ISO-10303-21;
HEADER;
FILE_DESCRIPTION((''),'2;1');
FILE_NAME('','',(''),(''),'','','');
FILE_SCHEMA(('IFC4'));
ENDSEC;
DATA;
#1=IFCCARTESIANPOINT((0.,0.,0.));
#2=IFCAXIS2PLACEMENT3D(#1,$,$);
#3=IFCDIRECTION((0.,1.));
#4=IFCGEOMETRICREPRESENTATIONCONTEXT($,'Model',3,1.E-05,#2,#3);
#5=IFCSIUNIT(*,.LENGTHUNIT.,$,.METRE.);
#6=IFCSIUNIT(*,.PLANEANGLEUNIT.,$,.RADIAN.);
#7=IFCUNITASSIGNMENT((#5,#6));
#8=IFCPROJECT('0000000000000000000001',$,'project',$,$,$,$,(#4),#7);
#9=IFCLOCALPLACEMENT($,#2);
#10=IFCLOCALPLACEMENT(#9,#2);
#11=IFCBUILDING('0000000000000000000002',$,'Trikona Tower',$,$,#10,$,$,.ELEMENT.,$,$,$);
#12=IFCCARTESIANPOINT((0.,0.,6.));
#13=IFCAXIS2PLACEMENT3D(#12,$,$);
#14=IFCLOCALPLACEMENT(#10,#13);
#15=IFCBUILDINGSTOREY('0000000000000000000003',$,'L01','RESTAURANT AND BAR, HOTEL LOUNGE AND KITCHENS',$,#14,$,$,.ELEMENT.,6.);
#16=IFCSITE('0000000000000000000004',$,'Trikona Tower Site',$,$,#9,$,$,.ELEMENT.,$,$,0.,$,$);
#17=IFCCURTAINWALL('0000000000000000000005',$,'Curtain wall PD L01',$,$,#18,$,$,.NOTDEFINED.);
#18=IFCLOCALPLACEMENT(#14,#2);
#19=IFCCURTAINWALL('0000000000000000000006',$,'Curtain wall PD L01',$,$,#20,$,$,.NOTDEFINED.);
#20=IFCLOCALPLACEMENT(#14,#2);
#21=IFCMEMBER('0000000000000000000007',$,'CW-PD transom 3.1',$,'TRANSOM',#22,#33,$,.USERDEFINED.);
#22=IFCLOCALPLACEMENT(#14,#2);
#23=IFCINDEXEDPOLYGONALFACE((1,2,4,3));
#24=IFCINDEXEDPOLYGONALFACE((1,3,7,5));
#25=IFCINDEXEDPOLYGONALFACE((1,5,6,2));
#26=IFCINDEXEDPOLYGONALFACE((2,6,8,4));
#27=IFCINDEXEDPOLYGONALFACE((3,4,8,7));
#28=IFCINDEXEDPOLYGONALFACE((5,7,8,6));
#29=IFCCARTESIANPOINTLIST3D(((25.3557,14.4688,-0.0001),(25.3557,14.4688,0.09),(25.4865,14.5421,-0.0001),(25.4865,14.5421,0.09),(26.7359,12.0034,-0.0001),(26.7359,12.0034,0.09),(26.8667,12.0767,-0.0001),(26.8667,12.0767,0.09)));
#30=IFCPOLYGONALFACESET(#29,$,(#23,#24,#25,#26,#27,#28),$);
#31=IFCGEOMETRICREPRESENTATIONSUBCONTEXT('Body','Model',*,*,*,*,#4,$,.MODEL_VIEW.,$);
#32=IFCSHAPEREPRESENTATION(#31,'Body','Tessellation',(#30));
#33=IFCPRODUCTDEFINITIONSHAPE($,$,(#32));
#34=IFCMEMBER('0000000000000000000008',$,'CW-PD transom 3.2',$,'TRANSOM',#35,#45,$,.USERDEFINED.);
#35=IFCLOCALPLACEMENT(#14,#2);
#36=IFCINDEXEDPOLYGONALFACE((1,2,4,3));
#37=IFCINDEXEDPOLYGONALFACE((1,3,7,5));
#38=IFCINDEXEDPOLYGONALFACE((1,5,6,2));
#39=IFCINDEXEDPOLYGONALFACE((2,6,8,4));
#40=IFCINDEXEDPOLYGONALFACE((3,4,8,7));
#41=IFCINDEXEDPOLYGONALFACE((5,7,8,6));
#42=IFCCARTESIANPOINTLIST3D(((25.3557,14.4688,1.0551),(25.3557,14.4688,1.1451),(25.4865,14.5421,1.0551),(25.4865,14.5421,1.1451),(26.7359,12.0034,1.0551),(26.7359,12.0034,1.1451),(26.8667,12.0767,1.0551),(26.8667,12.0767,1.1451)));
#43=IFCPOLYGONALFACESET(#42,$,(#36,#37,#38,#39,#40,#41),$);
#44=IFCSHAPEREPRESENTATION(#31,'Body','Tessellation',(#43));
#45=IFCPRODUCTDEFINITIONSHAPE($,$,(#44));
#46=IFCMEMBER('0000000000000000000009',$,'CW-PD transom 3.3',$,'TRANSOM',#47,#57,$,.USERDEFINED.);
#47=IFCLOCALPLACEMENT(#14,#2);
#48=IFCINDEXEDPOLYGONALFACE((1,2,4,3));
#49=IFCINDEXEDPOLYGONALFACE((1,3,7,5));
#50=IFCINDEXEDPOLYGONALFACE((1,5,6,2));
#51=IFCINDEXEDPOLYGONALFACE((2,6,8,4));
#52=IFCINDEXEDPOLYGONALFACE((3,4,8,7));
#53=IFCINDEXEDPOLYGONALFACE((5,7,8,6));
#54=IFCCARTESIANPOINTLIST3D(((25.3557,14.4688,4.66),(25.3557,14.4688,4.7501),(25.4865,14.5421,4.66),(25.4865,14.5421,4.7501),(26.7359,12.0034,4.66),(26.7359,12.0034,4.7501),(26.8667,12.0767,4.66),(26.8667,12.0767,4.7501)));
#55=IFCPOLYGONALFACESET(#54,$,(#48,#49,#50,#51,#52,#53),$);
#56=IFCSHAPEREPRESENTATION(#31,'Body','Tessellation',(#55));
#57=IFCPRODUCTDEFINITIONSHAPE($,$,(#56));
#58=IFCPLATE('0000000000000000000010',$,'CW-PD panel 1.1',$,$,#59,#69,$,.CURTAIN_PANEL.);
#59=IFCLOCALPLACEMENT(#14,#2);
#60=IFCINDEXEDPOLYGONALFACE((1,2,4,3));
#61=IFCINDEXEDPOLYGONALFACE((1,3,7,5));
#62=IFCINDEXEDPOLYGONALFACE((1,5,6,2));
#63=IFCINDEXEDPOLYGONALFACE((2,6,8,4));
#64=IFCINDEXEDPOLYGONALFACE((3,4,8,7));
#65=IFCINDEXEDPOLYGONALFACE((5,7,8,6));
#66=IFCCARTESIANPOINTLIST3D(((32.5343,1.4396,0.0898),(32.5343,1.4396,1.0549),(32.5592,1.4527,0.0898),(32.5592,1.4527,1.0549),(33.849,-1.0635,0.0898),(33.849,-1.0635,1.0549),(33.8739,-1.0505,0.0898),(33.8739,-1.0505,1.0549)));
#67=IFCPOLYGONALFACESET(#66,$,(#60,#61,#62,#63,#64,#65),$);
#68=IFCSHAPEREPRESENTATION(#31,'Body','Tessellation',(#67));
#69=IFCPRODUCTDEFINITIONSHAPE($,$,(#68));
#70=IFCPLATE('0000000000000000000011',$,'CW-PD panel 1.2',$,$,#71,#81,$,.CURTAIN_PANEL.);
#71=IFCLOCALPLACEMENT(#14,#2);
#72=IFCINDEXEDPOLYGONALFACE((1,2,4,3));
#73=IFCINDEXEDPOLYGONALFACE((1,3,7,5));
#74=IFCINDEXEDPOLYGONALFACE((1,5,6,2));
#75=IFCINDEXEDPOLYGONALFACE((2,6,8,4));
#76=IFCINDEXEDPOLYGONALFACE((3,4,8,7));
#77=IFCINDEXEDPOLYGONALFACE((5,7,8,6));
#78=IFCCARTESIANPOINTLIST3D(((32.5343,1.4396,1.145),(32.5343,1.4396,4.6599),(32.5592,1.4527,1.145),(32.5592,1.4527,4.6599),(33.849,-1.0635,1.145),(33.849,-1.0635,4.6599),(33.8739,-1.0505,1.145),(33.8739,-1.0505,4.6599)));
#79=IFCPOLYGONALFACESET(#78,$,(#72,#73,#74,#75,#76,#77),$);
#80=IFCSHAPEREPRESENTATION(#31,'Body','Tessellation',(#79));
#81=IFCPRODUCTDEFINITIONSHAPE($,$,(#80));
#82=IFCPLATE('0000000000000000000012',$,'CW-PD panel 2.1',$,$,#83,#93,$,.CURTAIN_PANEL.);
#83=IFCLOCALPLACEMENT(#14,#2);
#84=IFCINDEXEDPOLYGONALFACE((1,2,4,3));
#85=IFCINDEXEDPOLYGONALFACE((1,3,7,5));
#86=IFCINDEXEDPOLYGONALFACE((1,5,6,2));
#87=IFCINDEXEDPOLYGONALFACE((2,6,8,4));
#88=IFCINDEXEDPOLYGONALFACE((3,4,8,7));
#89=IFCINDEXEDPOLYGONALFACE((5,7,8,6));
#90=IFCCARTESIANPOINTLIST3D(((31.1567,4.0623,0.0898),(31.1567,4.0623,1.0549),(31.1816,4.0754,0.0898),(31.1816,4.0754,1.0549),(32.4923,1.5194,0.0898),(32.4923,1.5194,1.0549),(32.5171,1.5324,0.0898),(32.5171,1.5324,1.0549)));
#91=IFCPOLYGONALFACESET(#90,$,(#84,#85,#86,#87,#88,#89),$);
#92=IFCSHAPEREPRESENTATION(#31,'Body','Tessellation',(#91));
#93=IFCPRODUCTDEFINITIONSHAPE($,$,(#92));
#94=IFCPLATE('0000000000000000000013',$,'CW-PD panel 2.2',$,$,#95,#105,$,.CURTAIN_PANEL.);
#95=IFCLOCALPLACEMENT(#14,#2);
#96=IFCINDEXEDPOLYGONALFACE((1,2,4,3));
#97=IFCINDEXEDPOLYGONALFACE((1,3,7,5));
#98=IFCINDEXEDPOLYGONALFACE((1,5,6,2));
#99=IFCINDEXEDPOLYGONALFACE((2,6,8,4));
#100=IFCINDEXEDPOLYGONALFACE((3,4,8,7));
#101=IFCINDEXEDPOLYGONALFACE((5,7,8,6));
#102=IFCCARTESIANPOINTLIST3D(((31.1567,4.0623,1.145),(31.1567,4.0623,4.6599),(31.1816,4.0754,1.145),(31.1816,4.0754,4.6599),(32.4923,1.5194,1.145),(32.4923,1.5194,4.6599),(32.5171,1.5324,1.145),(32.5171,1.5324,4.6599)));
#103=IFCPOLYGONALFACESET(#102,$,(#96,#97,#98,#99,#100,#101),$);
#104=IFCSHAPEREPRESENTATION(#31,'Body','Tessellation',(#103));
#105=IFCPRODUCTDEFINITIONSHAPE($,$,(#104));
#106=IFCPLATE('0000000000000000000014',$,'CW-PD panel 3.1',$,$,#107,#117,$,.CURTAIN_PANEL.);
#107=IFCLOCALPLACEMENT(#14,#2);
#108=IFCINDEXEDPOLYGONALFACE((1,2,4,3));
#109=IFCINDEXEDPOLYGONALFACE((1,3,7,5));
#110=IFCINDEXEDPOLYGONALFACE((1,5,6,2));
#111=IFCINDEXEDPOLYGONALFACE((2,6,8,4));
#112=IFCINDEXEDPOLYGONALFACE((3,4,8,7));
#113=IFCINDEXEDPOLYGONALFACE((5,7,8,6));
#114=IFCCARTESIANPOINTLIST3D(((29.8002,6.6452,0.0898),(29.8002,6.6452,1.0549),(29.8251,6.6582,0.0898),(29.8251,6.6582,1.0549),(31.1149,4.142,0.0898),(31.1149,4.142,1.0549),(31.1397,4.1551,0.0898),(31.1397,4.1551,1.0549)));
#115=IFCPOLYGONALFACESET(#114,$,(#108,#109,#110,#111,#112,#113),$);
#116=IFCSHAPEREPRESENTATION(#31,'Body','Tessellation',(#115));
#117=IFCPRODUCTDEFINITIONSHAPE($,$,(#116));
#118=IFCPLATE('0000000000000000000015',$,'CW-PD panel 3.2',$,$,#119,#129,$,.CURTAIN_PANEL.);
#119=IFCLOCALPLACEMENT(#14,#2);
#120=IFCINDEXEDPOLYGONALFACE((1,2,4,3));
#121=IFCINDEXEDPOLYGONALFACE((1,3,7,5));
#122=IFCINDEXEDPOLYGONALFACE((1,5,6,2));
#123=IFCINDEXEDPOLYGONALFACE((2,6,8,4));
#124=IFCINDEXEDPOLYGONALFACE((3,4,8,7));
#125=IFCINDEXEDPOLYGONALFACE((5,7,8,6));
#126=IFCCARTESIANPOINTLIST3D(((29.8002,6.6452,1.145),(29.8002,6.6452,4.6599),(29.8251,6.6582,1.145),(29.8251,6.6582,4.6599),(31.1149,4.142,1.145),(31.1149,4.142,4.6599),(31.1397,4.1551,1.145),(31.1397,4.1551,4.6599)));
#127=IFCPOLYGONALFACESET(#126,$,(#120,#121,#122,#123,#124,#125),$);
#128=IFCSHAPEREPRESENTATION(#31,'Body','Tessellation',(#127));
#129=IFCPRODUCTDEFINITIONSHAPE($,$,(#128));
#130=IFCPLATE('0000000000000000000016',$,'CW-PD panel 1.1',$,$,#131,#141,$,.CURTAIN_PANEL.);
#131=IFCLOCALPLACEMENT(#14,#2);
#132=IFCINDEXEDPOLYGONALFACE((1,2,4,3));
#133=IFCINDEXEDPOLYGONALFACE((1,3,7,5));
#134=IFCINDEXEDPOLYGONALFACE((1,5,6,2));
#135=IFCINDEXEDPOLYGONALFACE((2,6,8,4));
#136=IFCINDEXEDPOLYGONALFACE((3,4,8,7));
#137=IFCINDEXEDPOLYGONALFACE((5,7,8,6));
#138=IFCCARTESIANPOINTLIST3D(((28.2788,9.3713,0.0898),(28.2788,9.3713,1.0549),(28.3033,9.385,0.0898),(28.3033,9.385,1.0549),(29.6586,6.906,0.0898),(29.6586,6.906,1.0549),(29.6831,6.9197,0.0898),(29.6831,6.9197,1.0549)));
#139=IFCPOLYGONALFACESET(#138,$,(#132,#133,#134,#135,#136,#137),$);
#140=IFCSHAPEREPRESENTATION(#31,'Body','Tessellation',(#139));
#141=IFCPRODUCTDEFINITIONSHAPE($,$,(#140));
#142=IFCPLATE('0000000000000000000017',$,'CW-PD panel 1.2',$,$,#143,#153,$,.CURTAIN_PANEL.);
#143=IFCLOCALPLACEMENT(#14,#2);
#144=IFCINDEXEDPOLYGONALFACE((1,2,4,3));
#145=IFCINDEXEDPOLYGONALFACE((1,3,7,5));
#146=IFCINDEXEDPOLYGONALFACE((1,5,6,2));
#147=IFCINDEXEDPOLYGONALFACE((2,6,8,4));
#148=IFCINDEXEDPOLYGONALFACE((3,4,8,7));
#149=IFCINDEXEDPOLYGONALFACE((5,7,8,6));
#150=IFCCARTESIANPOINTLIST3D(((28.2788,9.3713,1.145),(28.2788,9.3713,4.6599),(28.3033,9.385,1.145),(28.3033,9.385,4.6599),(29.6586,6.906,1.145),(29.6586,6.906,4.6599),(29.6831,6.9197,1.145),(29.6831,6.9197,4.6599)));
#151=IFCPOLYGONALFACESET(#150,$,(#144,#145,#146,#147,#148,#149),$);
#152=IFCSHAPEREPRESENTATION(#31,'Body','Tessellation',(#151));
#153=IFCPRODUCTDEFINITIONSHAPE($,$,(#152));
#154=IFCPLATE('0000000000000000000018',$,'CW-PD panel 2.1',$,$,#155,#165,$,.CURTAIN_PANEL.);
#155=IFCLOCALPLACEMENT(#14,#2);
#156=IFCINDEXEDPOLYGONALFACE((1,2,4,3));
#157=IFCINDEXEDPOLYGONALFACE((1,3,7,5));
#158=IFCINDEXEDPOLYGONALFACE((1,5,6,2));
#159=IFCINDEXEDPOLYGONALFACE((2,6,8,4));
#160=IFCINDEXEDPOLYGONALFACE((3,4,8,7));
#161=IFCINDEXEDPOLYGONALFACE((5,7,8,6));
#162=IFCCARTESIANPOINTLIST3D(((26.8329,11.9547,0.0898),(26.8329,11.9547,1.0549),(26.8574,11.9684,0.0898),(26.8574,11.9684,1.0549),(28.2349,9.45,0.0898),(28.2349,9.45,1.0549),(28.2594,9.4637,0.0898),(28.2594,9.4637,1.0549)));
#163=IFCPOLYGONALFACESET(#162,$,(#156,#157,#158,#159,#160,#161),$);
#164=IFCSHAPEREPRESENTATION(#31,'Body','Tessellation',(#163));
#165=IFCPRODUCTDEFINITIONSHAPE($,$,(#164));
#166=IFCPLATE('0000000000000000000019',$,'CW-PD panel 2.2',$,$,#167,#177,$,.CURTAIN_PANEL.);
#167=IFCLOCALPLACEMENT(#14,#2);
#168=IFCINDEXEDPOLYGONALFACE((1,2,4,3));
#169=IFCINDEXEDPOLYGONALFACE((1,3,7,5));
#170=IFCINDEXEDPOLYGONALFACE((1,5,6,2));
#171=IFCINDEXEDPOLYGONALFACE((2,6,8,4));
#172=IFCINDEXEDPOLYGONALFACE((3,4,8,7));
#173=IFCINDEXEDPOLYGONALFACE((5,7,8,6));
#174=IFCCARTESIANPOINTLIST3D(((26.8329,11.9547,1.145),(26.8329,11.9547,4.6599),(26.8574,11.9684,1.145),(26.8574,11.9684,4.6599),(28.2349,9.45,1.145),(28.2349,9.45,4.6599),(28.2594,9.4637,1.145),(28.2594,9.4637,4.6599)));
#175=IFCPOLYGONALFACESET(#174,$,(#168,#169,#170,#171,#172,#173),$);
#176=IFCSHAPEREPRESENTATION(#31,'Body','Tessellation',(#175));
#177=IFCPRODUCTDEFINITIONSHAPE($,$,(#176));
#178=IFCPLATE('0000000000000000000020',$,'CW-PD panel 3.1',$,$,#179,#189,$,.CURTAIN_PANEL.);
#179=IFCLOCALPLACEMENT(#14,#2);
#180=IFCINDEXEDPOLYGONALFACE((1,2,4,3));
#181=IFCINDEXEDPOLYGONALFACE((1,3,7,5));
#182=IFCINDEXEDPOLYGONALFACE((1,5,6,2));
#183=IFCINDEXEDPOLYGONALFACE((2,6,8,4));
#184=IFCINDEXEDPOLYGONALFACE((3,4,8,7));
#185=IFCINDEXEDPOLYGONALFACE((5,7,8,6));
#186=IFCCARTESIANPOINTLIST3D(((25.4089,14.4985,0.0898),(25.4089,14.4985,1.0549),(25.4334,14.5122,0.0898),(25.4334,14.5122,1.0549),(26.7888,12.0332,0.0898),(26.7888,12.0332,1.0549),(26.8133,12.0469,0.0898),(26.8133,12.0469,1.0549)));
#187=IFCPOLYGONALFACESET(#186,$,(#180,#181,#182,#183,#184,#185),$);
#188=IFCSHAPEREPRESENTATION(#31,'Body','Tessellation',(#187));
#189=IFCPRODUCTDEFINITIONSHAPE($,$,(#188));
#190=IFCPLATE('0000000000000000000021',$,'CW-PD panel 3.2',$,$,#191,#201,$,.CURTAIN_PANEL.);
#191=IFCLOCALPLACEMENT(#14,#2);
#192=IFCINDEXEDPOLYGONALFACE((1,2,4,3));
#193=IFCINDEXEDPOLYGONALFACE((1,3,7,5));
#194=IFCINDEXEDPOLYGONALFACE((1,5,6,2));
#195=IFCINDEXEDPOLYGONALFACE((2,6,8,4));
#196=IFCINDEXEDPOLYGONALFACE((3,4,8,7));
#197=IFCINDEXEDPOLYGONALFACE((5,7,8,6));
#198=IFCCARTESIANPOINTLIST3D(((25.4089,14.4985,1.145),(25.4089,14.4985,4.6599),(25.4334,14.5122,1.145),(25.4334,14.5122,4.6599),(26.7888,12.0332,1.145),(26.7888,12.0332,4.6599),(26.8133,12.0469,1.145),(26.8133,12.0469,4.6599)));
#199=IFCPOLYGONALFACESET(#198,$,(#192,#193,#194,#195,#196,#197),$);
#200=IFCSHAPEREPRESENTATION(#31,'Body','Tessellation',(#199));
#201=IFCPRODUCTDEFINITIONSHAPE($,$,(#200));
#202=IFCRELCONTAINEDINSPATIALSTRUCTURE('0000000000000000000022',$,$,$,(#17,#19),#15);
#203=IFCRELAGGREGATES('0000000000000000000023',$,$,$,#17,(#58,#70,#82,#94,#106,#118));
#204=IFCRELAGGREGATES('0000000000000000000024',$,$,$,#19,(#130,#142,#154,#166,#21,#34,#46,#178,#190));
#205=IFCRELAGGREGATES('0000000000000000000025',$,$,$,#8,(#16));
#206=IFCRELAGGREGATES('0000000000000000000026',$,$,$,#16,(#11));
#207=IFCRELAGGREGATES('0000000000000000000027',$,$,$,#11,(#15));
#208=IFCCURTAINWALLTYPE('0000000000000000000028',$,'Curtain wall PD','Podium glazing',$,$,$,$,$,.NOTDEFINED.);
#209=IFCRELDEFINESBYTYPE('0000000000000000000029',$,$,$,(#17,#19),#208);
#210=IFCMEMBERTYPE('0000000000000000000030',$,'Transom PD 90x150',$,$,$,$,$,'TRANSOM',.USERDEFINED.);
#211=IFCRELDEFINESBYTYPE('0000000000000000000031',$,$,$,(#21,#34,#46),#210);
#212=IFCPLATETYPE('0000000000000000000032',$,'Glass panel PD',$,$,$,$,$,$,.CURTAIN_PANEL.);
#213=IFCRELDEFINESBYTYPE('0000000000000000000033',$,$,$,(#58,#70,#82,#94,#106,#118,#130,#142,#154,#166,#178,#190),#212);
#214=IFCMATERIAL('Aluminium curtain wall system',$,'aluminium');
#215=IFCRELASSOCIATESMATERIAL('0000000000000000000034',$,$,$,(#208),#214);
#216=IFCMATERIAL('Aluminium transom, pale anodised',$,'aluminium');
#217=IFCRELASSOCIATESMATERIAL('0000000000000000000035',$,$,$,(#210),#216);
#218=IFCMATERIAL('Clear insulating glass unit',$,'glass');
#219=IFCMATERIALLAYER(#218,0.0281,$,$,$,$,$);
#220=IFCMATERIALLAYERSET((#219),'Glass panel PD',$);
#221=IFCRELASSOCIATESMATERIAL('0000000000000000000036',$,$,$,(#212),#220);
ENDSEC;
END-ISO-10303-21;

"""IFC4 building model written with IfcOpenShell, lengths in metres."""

from ifc_helpers import new_model, si_unit, direction, frame, origin, origin_2d, place, context, subcontext, project, spatial, rectangle, extrude, material, layer, layer_set, material_profile, profile_set, type_object, element, aggregate, save


model = new_model("IFC4")

# Units and contexts
model_context = context("Model", 3, precision=1e-05, world=origin(), true_north=direction((0.0, 1.0)))
body_context = subcontext(model_context, "Body", "Model", "MODEL_VIEW")
ifc_project = project(units=[si_unit("LENGTHUNIT", "METRE"), si_unit("PLANEANGLEUNIT", "RADIAN")], contexts=[model_context])

# Site, building, storey
site_placement = place(None, origin())
site = spatial("IfcSite", under=ifc_project, at=site_placement, Name="Trikona Tower Site", CompositionType="ELEMENT", RefElevation=0.0)
building_placement = place(site_placement, origin())
building = spatial("IfcBuilding", under=site, at=building_placement, Name="Trikona Tower", CompositionType="ELEMENT")
storey_placement = place(building_placement, frame((0.0, 0.0, 6.0)))
storey = spatial("IfcBuildingStorey", under=building, at=storey_placement, Name="L01", Description="RESTAURANT AND BAR, HOTEL LOUNGE AND KITCHENS", CompositionType="ELEMENT", Elevation=6.0)

# Curtain walls
ifc_material_1 = material(Name="Aluminium curtain wall system", Category="aluminium")
curtain_wall_type = type_object("IfcCurtainWallType", Name="Curtain wall PD", Description="Podium glazing", PredefinedType="NOTDEFINED", material=ifc_material_1)
curtain_wall_1_placement = place(storey_placement, origin())
curtain_wall_1 = element("IfcCurtainWall", 1, at=curtain_wall_1_placement, inside=storey, type_object=curtain_wall_type, Name="Curtain wall PD L01", PredefinedType="NOTDEFINED")
curtain_wall_2_placement = place(storey_placement, origin())
curtain_wall_2 = element("IfcCurtainWall", 2, at=curtain_wall_2_placement, inside=storey, type_object=curtain_wall_type, Name="Curtain wall PD L01", PredefinedType="NOTDEFINED")

# Members
ifc_material_2 = material(Name="Aluminium transom, pale anodised", Category="aluminium")
ifc_material_profile_1 = material_profile(ifc_material_2, rectangle(XDim=0.1499, YDim=0.0901, at=origin_2d()), Name="TRN-PD")
ifc_profile_set_1 = profile_set([ifc_material_profile_1], Name="Aluminium transom, pale anodised")
member_type_1 = type_object("IfcMemberType", Name="Transom PD 90x150", ElementType="TRANSOM", PredefinedType="USERDEFINED", material=ifc_profile_set_1)
member_1_placement = place(storey_placement, frame((26.8013, 12.04, 0.0449), z_axis=(-0.48848, 0.872575, 0.0), x_axis=(-0.872575, -0.48848, 0.0)))
member_1 = element("IfcMember", 3, at=member_1_placement, type_object=member_type_1, Name="CW-PD transom 3.1", ObjectType="TRANSOM", PredefinedType="USERDEFINED", context=body_context, shape_type="SweptSolid", body=[
    extrude(rectangle(XDim=0.1499, YDim=0.0901, at=origin_2d()), origin(), (0.0, 0.0, 1.0), 2.8254),
])
member_2_placement = place(storey_placement, frame((26.8013, 12.04, 1.1001), z_axis=(-0.48848, 0.872575, 0.0), x_axis=(-0.872575, -0.48848, 0.0)))
member_2 = element("IfcMember", 4, at=member_2_placement, type_object=member_type_1, Name="CW-PD transom 3.2", ObjectType="TRANSOM", PredefinedType="USERDEFINED", context=body_context, shape_type="SweptSolid", body=[
    extrude(rectangle(XDim=0.1499, YDim=0.0901, at=origin_2d()), origin(), (0.0, 0.0, 1.0), 2.8254),
])
member_3_placement = place(storey_placement, frame((26.8013, 12.04, 4.7051), z_axis=(-0.48848, 0.872575, 0.0), x_axis=(-0.872575, -0.48848, 0.0)))
member_3 = element("IfcMember", 5, at=member_3_placement, type_object=member_type_1, Name="CW-PD transom 3.3", ObjectType="TRANSOM", PredefinedType="USERDEFINED", context=body_context, shape_type="SweptSolid", body=[
    extrude(rectangle(XDim=0.1499, YDim=0.0901, at=origin_2d()), origin(), (0.0, 0.0, 1.0), 2.8254),
])

# Plates
ifc_material_3 = material(Name="Clear insulating glass unit", Category="glass")
ifc_layer = layer(ifc_material_3, 0.0281)
ifc_layer_set = layer_set([ifc_layer], Name="Glass panel PD")
plate_type = type_object("IfcPlateType", Name="Glass panel PD", PredefinedType="CURTAIN_PANEL", material=ifc_layer_set)
plate_1_placement = place(storey_placement, frame((33.2041, 0.1946, 0.0898), z_axis=(0.0, 0.0, 1.0), x_axis=(-0.464979, 0.885322, 0.0)))
plate_1 = element("IfcPlate", 6, at=plate_1_placement, type_object=plate_type, Name="CW-PD panel 1.1", PredefinedType="CURTAIN_PANEL", context=body_context, shape_type="SweptSolid", body=[
    extrude(rectangle(XDim=2.8274, YDim=0.0281, at=origin_2d()), origin(), (0.0, 0.0, 1.0), 0.9651),
])
plate_2_placement = place(storey_placement, frame((33.2041, 0.1946, 1.145), z_axis=(0.0, 0.0, 1.0), x_axis=(-0.464979, 0.885322, 0.0)))
plate_2 = element("IfcPlate", 7, at=plate_2_placement, type_object=plate_type, Name="CW-PD panel 1.2", PredefinedType="CURTAIN_PANEL", context=body_context, shape_type="SweptSolid", body=[
    extrude(rectangle(XDim=2.8274, YDim=0.0281, at=origin_2d()), origin(), (0.0, 0.0, 1.0), 3.5149),
])
plate_3_placement = place(storey_placement, frame((31.8369, 2.7974, 0.0898), z_axis=(0.0, 0.0, 1.0), x_axis=(-0.464979, 0.885322, 0.0)))
plate_3 = element("IfcPlate", 8, at=plate_3_placement, type_object=plate_type, Name="CW-PD panel 2.1", PredefinedType="CURTAIN_PANEL", context=body_context, shape_type="SweptSolid", body=[
    extrude(rectangle(XDim=2.8723, YDim=0.0281, at=origin_2d()), origin(), (0.0, 0.0, 1.0), 0.9651),
])
plate_4_placement = place(storey_placement, frame((31.8369, 2.7974, 1.145), z_axis=(0.0, 0.0, 1.0), x_axis=(-0.464979, 0.885322, 0.0)))
plate_4 = element("IfcPlate", 9, at=plate_4_placement, type_object=plate_type, Name="CW-PD panel 2.2", PredefinedType="CURTAIN_PANEL", context=body_context, shape_type="SweptSolid", body=[
    extrude(rectangle(XDim=2.8723, YDim=0.0281, at=origin_2d()), origin(), (0.0, 0.0, 1.0), 3.5149),
])
plate_5_placement = place(storey_placement, frame((30.47, 5.4001, 0.0898), z_axis=(0.0, 0.0, 1.0), x_axis=(-0.464979, 0.885322, 0.0)))
plate_5 = element("IfcPlate", 10, at=plate_5_placement, type_object=plate_type, Name="CW-PD panel 3.1", PredefinedType="CURTAIN_PANEL", context=body_context, shape_type="SweptSolid", body=[
    extrude(rectangle(XDim=2.8274, YDim=0.0281, at=origin_2d()), origin(), (0.0, 0.0, 1.0), 0.9651),
])
plate_6_placement = place(storey_placement, frame((30.47, 5.4001, 1.145), z_axis=(0.0, 0.0, 1.0), x_axis=(-0.464979, 0.885322, 0.0)))
plate_6 = element("IfcPlate", 11, at=plate_6_placement, type_object=plate_type, Name="CW-PD panel 3.2", PredefinedType="CURTAIN_PANEL", context=body_context, shape_type="SweptSolid", body=[
    extrude(rectangle(XDim=2.8274, YDim=0.0281, at=origin_2d()), origin(), (0.0, 0.0, 1.0), 3.5149),
])
aggregate(curtain_wall_1, [plate_1, plate_2, plate_3, plate_4, plate_5, plate_6])
plate_7_placement = place(storey_placement, frame((28.981, 8.1455, 0.0898), z_axis=(0.0, 0.0, 1.0), x_axis=(-0.488413, 0.872613, 0.0)))
plate_7 = element("IfcPlate", 12, at=plate_7_placement, type_object=plate_type, Name="CW-PD panel 1.1", PredefinedType="CURTAIN_PANEL", context=body_context, shape_type="SweptSolid", body=[
    extrude(rectangle(XDim=2.8252, YDim=0.0281, at=origin_2d()), origin(), (0.0, 0.0, 1.0), 0.9651),
])
plate_8_placement = place(storey_placement, frame((28.981, 8.1455, 1.145), z_axis=(0.0, 0.0, 1.0), x_axis=(-0.488413, 0.872613, 0.0)))
plate_8 = element("IfcPlate", 13, at=plate_8_placement, type_object=plate_type, Name="CW-PD panel 1.2", PredefinedType="CURTAIN_PANEL", context=body_context, shape_type="SweptSolid", body=[
    extrude(rectangle(XDim=2.8252, YDim=0.0281, at=origin_2d()), origin(), (0.0, 0.0, 1.0), 3.5149),
])
plate_9_placement = place(storey_placement, frame((27.5461, 10.7092, 0.0898), z_axis=(0.0, 0.0, 1.0), x_axis=(-0.488413, 0.872613, 0.0)))
plate_9 = element("IfcPlate", 14, at=plate_9_placement, type_object=plate_type, Name="CW-PD panel 2.1", PredefinedType="CURTAIN_PANEL", context=body_context, shape_type="SweptSolid", body=[
    extrude(rectangle(XDim=2.8704, YDim=0.0281, at=origin_2d()), origin(), (0.0, 0.0, 1.0), 0.9651),
])
plate_10_placement = place(storey_placement, frame((27.5461, 10.7092, 1.145), z_axis=(0.0, 0.0, 1.0), x_axis=(-0.488413, 0.872613, 0.0)))
plate_10 = element("IfcPlate", 15, at=plate_10_placement, type_object=plate_type, Name="CW-PD panel 2.2", PredefinedType="CURTAIN_PANEL", context=body_context, shape_type="SweptSolid", body=[
    extrude(rectangle(XDim=2.8704, YDim=0.0281, at=origin_2d()), origin(), (0.0, 0.0, 1.0), 3.5149),
])
plate_11_placement = place(storey_placement, frame((26.1111, 13.2727, 0.0898), z_axis=(0.0, 0.0, 1.0), x_axis=(-0.488413, 0.872613, 0.0)))
plate_11 = element("IfcPlate", 16, at=plate_11_placement, type_object=plate_type, Name="CW-PD panel 3.1", PredefinedType="CURTAIN_PANEL", context=body_context, shape_type="SweptSolid", body=[
    extrude(rectangle(XDim=2.8252, YDim=0.0281, at=origin_2d()), origin(), (0.0, 0.0, 1.0), 0.9651),
])
plate_12_placement = place(storey_placement, frame((26.1111, 13.2727, 1.145), z_axis=(0.0, 0.0, 1.0), x_axis=(-0.488413, 0.872613, 0.0)))
plate_12 = element("IfcPlate", 17, at=plate_12_placement, type_object=plate_type, Name="CW-PD panel 3.2", PredefinedType="CURTAIN_PANEL", context=body_context, shape_type="SweptSolid", body=[
    extrude(rectangle(XDim=2.8252, YDim=0.0281, at=origin_2d()), origin(), (0.0, 0.0, 1.0), 3.5149),
])
aggregate(curtain_wall_2, [plate_7, plate_8, plate_9, plate_10, member_1, member_2, member_3, plate_11, plate_12])

save(model, "model.ifc")
